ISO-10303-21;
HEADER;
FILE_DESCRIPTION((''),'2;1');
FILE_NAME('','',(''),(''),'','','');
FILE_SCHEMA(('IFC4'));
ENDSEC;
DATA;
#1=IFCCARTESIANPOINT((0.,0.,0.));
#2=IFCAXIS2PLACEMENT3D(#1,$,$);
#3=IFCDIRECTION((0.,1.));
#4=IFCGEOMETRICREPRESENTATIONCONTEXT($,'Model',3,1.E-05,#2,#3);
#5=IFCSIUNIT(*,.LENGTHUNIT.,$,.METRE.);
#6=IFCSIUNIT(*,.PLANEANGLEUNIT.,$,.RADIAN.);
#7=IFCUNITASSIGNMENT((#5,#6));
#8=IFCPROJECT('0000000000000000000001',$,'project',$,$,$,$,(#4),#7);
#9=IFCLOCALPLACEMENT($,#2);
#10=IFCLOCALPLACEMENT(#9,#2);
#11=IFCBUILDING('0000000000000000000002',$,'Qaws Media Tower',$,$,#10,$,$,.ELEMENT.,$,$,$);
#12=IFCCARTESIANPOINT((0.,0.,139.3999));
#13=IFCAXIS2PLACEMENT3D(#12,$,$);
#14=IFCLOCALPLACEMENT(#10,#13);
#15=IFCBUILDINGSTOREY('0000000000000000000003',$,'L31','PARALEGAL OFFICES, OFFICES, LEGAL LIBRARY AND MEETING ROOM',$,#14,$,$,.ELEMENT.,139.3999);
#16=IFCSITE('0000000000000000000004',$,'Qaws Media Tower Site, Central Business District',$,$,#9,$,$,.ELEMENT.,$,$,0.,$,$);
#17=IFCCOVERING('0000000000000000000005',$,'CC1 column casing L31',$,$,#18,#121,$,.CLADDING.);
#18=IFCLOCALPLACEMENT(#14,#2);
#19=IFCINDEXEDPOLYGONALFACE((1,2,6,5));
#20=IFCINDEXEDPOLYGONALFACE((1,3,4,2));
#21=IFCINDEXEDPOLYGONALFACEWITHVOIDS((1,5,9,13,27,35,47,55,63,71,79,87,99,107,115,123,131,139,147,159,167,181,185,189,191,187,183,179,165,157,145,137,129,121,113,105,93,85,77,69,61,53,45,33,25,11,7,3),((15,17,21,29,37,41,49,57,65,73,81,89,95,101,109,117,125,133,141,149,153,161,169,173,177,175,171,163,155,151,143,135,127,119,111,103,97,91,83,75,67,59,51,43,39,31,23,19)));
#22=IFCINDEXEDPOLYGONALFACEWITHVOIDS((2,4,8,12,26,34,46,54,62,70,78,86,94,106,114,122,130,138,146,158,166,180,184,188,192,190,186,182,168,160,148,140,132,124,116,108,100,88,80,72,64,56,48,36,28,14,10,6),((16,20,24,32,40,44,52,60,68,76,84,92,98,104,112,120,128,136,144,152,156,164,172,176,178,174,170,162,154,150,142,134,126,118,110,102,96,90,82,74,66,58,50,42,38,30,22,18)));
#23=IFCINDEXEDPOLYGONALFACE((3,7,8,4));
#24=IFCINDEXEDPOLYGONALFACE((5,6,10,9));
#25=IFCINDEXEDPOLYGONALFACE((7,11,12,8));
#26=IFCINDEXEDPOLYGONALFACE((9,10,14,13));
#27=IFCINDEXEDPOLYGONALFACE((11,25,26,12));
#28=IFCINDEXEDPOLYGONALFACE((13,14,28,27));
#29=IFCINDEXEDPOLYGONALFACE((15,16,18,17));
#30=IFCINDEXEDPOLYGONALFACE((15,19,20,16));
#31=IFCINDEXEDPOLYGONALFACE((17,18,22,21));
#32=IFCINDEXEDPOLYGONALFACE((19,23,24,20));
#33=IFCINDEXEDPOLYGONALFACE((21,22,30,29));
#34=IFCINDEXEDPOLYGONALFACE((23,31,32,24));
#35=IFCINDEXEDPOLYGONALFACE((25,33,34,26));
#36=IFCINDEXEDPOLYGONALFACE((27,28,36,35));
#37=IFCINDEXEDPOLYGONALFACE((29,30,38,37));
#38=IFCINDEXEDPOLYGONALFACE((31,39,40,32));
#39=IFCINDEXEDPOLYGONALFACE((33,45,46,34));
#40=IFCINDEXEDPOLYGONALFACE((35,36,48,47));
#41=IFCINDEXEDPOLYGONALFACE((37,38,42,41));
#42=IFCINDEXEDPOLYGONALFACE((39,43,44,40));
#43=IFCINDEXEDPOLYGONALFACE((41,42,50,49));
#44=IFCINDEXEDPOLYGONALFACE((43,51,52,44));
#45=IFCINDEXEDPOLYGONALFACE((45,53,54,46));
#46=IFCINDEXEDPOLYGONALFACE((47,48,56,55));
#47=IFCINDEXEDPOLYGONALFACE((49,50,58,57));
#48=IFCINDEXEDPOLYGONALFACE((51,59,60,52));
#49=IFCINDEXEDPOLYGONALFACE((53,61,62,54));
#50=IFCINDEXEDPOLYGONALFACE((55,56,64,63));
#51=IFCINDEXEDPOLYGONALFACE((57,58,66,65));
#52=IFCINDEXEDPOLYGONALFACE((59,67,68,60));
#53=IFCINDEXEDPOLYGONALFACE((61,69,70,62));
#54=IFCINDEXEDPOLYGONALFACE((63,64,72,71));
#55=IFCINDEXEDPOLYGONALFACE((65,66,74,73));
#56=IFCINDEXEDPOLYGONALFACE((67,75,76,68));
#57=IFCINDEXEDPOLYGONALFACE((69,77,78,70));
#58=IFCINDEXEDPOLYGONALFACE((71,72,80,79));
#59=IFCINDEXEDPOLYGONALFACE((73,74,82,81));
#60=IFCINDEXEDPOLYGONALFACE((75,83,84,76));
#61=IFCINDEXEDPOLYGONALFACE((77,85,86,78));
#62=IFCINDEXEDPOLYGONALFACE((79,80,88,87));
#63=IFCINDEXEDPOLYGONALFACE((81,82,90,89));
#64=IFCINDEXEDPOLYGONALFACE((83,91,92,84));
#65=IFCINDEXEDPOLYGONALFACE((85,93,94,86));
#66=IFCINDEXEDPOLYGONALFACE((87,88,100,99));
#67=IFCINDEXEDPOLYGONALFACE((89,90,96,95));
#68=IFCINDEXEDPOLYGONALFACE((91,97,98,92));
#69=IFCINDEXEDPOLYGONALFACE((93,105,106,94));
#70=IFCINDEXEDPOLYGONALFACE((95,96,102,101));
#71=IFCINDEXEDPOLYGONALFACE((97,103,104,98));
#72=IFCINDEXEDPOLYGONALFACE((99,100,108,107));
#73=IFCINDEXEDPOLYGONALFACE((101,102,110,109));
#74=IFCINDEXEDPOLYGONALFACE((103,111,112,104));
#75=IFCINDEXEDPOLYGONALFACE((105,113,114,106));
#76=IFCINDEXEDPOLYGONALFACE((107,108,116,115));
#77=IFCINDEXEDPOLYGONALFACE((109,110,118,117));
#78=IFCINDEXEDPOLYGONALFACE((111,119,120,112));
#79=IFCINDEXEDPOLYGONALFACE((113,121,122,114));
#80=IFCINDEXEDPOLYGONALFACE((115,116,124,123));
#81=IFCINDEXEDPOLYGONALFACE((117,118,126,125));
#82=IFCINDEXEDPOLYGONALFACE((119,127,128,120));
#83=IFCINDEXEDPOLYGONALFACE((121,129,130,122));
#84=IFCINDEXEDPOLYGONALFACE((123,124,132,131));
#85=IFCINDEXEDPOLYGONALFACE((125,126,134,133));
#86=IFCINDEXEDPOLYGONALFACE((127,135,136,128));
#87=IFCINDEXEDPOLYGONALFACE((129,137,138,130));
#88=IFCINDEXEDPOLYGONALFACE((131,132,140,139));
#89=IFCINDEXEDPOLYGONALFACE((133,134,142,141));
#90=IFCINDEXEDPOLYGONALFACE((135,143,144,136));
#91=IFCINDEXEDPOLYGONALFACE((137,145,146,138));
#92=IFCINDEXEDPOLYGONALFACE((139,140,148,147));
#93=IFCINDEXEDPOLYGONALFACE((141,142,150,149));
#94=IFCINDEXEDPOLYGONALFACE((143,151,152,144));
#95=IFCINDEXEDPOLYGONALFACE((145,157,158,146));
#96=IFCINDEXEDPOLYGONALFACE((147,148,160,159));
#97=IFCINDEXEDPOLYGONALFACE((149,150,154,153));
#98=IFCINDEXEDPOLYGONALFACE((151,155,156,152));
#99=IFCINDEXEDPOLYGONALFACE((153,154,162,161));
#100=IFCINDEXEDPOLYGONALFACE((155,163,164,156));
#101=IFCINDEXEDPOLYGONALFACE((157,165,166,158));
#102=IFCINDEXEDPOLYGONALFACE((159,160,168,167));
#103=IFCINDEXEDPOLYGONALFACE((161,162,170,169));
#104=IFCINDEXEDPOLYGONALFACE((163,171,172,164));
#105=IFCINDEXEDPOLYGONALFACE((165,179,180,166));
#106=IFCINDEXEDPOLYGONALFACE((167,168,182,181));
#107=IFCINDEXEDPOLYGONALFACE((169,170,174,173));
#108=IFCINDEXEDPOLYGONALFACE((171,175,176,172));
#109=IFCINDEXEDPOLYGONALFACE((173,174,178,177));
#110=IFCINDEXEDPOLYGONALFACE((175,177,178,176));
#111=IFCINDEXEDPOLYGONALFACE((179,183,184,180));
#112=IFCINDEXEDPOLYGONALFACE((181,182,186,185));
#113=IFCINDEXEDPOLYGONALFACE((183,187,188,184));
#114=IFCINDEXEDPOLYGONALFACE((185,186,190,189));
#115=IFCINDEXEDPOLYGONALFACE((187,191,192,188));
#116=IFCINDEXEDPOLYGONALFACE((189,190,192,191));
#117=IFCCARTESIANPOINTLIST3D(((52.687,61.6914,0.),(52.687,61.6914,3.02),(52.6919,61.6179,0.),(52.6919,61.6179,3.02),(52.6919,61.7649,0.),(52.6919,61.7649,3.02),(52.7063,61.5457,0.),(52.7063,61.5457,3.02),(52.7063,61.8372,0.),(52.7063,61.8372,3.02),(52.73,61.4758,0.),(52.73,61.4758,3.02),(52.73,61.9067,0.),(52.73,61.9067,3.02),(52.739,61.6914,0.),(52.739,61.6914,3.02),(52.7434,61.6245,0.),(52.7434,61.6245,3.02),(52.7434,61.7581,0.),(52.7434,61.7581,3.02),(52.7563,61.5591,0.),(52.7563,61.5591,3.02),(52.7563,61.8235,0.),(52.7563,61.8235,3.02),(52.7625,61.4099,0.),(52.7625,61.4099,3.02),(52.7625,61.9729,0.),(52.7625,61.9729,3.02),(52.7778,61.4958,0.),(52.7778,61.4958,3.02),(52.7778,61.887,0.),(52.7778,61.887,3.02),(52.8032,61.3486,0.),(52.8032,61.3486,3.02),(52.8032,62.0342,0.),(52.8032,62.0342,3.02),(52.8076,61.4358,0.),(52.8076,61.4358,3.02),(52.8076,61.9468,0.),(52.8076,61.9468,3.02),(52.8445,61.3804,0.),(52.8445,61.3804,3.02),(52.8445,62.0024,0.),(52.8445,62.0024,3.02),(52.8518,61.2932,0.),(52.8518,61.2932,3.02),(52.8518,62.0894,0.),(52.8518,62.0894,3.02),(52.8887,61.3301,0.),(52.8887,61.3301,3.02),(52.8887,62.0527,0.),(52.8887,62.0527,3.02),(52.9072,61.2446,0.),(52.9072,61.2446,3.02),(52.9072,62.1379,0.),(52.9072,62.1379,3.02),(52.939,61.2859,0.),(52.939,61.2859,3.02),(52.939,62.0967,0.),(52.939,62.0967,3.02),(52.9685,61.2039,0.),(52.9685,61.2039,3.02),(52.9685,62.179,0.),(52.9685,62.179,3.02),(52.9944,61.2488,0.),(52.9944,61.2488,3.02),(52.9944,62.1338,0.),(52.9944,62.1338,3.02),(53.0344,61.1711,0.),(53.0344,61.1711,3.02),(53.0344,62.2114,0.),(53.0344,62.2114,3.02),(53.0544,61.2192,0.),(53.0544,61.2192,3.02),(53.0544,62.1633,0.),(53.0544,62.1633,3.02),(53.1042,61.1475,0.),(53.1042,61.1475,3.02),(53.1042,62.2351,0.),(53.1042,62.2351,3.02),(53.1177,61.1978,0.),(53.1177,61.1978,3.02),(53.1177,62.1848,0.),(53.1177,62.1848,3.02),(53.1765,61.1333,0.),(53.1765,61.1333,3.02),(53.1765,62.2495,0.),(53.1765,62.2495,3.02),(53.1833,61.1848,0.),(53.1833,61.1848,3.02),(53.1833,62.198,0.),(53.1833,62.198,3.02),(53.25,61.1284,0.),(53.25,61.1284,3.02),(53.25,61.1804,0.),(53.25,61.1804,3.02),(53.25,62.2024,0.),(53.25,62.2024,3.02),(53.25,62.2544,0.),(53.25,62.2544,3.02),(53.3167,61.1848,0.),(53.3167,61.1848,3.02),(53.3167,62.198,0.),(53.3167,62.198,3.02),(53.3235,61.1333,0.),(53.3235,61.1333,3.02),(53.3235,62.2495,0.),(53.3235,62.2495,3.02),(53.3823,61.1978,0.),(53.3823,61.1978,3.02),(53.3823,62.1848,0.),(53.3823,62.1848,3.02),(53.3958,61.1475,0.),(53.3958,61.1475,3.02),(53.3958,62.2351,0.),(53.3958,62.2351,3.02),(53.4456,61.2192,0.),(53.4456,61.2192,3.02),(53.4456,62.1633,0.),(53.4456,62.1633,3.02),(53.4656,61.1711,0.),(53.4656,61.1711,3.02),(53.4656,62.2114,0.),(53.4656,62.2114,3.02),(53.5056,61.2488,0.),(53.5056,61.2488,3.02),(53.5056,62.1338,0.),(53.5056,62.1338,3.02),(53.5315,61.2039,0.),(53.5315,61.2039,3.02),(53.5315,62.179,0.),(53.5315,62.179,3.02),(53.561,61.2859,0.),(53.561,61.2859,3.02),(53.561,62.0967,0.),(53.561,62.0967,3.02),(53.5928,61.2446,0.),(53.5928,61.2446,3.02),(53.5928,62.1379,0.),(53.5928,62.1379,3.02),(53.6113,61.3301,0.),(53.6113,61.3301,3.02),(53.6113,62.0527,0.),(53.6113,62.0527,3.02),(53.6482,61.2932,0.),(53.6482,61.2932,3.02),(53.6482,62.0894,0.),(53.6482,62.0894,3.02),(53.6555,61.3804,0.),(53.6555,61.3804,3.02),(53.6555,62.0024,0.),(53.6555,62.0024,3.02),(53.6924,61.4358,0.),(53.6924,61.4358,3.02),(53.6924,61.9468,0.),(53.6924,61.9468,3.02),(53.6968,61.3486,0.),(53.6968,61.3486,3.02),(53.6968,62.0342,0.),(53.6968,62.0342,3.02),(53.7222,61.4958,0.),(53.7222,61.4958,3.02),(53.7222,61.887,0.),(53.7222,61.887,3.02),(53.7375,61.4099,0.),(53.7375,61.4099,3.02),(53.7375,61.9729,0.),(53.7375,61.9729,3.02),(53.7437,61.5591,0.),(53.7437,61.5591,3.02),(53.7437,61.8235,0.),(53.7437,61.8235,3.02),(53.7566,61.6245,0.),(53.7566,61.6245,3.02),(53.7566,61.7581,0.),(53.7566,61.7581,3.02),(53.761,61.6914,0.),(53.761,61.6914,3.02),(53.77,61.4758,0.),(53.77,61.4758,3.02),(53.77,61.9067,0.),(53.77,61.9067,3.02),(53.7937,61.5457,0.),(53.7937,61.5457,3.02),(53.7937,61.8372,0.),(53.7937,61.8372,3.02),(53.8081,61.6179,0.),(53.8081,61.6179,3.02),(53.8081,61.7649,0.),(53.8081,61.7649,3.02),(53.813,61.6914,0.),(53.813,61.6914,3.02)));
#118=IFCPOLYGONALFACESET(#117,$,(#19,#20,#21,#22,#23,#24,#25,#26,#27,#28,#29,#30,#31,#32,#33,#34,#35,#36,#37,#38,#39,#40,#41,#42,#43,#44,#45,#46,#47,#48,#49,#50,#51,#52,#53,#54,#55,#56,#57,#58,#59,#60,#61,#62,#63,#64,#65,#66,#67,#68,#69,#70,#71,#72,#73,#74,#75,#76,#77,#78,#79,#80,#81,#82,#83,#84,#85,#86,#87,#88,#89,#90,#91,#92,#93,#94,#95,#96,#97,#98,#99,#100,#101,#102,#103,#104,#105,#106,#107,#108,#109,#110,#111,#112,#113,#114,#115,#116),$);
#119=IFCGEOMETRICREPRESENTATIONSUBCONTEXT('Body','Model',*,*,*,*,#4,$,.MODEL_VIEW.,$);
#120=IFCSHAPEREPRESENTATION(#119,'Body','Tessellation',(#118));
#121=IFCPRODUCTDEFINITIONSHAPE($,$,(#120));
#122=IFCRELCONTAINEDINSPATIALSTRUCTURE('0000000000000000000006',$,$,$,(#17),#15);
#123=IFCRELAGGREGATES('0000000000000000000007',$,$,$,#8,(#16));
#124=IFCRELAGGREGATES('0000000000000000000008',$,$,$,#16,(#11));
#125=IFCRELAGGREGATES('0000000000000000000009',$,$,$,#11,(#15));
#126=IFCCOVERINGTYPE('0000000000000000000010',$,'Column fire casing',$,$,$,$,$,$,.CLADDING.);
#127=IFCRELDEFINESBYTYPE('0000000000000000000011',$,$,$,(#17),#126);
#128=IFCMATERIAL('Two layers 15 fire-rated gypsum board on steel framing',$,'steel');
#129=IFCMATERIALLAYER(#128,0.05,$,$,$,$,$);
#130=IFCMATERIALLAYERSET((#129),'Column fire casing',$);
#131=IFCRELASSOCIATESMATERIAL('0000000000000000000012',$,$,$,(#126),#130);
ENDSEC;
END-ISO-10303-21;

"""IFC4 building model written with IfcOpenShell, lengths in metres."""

from ifc_helpers import new_model, si_unit, direction, frame, origin, place, context, subcontext, project, spatial, polyline, outline, extrude, material, layer, layer_set, type_object, element, save


model = new_model("IFC4")

# Units and contexts
model_context = context("Model", 3, precision=1e-05, world=origin(), true_north=direction((0.0, 1.0)))
body_context = subcontext(model_context, "Body", "Model", "MODEL_VIEW")
ifc_project = project(units=[si_unit("LENGTHUNIT", "METRE"), si_unit("PLANEANGLEUNIT", "RADIAN")], contexts=[model_context])

# Site, building, storey
site_placement = place(None, origin())
site = spatial("IfcSite", under=ifc_project, at=site_placement, Name="Qaws Media Tower Site, Central Business District", CompositionType="ELEMENT", RefElevation=0.0)
building_placement = place(site_placement, origin())
building = spatial("IfcBuilding", under=site, at=building_placement, Name="Qaws Media Tower", CompositionType="ELEMENT")
storey_placement = place(building_placement, frame((0.0, 0.0, 139.3999)))
storey = spatial("IfcBuildingStorey", under=building, at=storey_placement, Name="L31", Description="PARALEGAL OFFICES, OFFICES, LEGAL LIBRARY AND MEETING ROOM", CompositionType="ELEMENT", Elevation=139.3999)

# Covering
ifc_material_1 = material(Name="Two layers 15 fire-rated gypsum board on steel framing", Category="steel")
ifc_layer_1 = layer(ifc_material_1, 0.05)
ifc_layer_set_1 = layer_set([ifc_layer_1], Name="Column fire casing")
covering_type = type_object("IfcCoveringType", Name="Column fire casing", PredefinedType="CLADDING", material=ifc_layer_set_1)
covering_1_placement = place(storey_placement, origin())
element("IfcCovering", 1, at=covering_1_placement, inside=storey, type_object=covering_type, Name="CC1 column casing L31", PredefinedType="CLADDING", context=body_context, shape_type="SweptSolid", body=[
    extrude(outline(polyline([(53.813, 61.6914), (53.8081, 61.6179), (53.7937, 61.5457), (53.77, 61.4758), (53.7375, 61.4099), (53.6968, 61.3486), (53.6482, 61.2932), (53.5928, 61.2446), (53.5315, 61.2039), (53.4656, 61.1711), (53.3958, 61.1475), (53.3235, 61.1333), (53.25, 61.1284), (53.1765, 61.1333), (53.1042, 61.1475), (53.0344, 61.1711), (52.9685, 61.2039), (52.9072, 61.2446), (52.8518, 61.2932), (52.8032, 61.3486), (52.7625, 61.4099), (52.73, 61.4758), (52.7063, 61.5457), (52.6919, 61.6179), (52.687, 61.6914), (52.6919, 61.7649), (52.7063, 61.8372), (52.73, 61.9067), (52.7625, 61.9729), (52.8032, 62.0342), (52.8518, 62.0894), (52.9072, 62.1379), (52.9685, 62.179), (53.0344, 62.2114), (53.1042, 62.2351), (53.1765, 62.2495), (53.25, 62.2544), (53.3235, 62.2495), (53.3958, 62.2351), (53.4656, 62.2114), (53.5315, 62.179), (53.5928, 62.1379), (53.6482, 62.0894), (53.6968, 62.0342), (53.7375, 61.9729), (53.77, 61.9067), (53.7937, 61.8372), (53.8081, 61.7649), (53.813, 61.6914)]), holes=[polyline([(53.761, 61.6914), (53.7566, 61.6245), (53.7437, 61.5591), (53.7222, 61.4958), (53.6924, 61.4358), (53.6555, 61.3804), (53.6113, 61.3301), (53.561, 61.2859), (53.5056, 61.2488), (53.4456, 61.2192), (53.3823, 61.1978), (53.3167, 61.1848), (53.25, 61.1804), (53.1833, 61.1848), (53.1177, 61.1978), (53.0544, 61.2192), (52.9944, 61.2488), (52.939, 61.2859), (52.8887, 61.3301), (52.8445, 61.3804), (52.8076, 61.4358), (52.7778, 61.4958), (52.7563, 61.5591), (52.7434, 61.6245), (52.739, 61.6914), (52.7434, 61.7581), (52.7563, 61.8235), (52.7778, 61.887), (52.8076, 61.9468), (52.8445, 62.0024), (52.8887, 62.0527), (52.939, 62.0967), (52.9944, 62.1338), (53.0544, 62.1633), (53.1177, 62.1848), (53.1833, 62.198), (53.25, 62.2024), (53.3167, 62.198), (53.3823, 62.1848), (53.4456, 62.1633), (53.5056, 62.1338), (53.561, 62.0967), (53.6113, 62.0527), (53.6555, 62.0024), (53.6924, 61.9468), (53.7222, 61.887), (53.7437, 61.8235), (53.7566, 61.7581), (53.761, 61.6914)])]), origin(), (0.0, 0.0, 1.0), 3.02),
])

save(model, "model.ifc")
